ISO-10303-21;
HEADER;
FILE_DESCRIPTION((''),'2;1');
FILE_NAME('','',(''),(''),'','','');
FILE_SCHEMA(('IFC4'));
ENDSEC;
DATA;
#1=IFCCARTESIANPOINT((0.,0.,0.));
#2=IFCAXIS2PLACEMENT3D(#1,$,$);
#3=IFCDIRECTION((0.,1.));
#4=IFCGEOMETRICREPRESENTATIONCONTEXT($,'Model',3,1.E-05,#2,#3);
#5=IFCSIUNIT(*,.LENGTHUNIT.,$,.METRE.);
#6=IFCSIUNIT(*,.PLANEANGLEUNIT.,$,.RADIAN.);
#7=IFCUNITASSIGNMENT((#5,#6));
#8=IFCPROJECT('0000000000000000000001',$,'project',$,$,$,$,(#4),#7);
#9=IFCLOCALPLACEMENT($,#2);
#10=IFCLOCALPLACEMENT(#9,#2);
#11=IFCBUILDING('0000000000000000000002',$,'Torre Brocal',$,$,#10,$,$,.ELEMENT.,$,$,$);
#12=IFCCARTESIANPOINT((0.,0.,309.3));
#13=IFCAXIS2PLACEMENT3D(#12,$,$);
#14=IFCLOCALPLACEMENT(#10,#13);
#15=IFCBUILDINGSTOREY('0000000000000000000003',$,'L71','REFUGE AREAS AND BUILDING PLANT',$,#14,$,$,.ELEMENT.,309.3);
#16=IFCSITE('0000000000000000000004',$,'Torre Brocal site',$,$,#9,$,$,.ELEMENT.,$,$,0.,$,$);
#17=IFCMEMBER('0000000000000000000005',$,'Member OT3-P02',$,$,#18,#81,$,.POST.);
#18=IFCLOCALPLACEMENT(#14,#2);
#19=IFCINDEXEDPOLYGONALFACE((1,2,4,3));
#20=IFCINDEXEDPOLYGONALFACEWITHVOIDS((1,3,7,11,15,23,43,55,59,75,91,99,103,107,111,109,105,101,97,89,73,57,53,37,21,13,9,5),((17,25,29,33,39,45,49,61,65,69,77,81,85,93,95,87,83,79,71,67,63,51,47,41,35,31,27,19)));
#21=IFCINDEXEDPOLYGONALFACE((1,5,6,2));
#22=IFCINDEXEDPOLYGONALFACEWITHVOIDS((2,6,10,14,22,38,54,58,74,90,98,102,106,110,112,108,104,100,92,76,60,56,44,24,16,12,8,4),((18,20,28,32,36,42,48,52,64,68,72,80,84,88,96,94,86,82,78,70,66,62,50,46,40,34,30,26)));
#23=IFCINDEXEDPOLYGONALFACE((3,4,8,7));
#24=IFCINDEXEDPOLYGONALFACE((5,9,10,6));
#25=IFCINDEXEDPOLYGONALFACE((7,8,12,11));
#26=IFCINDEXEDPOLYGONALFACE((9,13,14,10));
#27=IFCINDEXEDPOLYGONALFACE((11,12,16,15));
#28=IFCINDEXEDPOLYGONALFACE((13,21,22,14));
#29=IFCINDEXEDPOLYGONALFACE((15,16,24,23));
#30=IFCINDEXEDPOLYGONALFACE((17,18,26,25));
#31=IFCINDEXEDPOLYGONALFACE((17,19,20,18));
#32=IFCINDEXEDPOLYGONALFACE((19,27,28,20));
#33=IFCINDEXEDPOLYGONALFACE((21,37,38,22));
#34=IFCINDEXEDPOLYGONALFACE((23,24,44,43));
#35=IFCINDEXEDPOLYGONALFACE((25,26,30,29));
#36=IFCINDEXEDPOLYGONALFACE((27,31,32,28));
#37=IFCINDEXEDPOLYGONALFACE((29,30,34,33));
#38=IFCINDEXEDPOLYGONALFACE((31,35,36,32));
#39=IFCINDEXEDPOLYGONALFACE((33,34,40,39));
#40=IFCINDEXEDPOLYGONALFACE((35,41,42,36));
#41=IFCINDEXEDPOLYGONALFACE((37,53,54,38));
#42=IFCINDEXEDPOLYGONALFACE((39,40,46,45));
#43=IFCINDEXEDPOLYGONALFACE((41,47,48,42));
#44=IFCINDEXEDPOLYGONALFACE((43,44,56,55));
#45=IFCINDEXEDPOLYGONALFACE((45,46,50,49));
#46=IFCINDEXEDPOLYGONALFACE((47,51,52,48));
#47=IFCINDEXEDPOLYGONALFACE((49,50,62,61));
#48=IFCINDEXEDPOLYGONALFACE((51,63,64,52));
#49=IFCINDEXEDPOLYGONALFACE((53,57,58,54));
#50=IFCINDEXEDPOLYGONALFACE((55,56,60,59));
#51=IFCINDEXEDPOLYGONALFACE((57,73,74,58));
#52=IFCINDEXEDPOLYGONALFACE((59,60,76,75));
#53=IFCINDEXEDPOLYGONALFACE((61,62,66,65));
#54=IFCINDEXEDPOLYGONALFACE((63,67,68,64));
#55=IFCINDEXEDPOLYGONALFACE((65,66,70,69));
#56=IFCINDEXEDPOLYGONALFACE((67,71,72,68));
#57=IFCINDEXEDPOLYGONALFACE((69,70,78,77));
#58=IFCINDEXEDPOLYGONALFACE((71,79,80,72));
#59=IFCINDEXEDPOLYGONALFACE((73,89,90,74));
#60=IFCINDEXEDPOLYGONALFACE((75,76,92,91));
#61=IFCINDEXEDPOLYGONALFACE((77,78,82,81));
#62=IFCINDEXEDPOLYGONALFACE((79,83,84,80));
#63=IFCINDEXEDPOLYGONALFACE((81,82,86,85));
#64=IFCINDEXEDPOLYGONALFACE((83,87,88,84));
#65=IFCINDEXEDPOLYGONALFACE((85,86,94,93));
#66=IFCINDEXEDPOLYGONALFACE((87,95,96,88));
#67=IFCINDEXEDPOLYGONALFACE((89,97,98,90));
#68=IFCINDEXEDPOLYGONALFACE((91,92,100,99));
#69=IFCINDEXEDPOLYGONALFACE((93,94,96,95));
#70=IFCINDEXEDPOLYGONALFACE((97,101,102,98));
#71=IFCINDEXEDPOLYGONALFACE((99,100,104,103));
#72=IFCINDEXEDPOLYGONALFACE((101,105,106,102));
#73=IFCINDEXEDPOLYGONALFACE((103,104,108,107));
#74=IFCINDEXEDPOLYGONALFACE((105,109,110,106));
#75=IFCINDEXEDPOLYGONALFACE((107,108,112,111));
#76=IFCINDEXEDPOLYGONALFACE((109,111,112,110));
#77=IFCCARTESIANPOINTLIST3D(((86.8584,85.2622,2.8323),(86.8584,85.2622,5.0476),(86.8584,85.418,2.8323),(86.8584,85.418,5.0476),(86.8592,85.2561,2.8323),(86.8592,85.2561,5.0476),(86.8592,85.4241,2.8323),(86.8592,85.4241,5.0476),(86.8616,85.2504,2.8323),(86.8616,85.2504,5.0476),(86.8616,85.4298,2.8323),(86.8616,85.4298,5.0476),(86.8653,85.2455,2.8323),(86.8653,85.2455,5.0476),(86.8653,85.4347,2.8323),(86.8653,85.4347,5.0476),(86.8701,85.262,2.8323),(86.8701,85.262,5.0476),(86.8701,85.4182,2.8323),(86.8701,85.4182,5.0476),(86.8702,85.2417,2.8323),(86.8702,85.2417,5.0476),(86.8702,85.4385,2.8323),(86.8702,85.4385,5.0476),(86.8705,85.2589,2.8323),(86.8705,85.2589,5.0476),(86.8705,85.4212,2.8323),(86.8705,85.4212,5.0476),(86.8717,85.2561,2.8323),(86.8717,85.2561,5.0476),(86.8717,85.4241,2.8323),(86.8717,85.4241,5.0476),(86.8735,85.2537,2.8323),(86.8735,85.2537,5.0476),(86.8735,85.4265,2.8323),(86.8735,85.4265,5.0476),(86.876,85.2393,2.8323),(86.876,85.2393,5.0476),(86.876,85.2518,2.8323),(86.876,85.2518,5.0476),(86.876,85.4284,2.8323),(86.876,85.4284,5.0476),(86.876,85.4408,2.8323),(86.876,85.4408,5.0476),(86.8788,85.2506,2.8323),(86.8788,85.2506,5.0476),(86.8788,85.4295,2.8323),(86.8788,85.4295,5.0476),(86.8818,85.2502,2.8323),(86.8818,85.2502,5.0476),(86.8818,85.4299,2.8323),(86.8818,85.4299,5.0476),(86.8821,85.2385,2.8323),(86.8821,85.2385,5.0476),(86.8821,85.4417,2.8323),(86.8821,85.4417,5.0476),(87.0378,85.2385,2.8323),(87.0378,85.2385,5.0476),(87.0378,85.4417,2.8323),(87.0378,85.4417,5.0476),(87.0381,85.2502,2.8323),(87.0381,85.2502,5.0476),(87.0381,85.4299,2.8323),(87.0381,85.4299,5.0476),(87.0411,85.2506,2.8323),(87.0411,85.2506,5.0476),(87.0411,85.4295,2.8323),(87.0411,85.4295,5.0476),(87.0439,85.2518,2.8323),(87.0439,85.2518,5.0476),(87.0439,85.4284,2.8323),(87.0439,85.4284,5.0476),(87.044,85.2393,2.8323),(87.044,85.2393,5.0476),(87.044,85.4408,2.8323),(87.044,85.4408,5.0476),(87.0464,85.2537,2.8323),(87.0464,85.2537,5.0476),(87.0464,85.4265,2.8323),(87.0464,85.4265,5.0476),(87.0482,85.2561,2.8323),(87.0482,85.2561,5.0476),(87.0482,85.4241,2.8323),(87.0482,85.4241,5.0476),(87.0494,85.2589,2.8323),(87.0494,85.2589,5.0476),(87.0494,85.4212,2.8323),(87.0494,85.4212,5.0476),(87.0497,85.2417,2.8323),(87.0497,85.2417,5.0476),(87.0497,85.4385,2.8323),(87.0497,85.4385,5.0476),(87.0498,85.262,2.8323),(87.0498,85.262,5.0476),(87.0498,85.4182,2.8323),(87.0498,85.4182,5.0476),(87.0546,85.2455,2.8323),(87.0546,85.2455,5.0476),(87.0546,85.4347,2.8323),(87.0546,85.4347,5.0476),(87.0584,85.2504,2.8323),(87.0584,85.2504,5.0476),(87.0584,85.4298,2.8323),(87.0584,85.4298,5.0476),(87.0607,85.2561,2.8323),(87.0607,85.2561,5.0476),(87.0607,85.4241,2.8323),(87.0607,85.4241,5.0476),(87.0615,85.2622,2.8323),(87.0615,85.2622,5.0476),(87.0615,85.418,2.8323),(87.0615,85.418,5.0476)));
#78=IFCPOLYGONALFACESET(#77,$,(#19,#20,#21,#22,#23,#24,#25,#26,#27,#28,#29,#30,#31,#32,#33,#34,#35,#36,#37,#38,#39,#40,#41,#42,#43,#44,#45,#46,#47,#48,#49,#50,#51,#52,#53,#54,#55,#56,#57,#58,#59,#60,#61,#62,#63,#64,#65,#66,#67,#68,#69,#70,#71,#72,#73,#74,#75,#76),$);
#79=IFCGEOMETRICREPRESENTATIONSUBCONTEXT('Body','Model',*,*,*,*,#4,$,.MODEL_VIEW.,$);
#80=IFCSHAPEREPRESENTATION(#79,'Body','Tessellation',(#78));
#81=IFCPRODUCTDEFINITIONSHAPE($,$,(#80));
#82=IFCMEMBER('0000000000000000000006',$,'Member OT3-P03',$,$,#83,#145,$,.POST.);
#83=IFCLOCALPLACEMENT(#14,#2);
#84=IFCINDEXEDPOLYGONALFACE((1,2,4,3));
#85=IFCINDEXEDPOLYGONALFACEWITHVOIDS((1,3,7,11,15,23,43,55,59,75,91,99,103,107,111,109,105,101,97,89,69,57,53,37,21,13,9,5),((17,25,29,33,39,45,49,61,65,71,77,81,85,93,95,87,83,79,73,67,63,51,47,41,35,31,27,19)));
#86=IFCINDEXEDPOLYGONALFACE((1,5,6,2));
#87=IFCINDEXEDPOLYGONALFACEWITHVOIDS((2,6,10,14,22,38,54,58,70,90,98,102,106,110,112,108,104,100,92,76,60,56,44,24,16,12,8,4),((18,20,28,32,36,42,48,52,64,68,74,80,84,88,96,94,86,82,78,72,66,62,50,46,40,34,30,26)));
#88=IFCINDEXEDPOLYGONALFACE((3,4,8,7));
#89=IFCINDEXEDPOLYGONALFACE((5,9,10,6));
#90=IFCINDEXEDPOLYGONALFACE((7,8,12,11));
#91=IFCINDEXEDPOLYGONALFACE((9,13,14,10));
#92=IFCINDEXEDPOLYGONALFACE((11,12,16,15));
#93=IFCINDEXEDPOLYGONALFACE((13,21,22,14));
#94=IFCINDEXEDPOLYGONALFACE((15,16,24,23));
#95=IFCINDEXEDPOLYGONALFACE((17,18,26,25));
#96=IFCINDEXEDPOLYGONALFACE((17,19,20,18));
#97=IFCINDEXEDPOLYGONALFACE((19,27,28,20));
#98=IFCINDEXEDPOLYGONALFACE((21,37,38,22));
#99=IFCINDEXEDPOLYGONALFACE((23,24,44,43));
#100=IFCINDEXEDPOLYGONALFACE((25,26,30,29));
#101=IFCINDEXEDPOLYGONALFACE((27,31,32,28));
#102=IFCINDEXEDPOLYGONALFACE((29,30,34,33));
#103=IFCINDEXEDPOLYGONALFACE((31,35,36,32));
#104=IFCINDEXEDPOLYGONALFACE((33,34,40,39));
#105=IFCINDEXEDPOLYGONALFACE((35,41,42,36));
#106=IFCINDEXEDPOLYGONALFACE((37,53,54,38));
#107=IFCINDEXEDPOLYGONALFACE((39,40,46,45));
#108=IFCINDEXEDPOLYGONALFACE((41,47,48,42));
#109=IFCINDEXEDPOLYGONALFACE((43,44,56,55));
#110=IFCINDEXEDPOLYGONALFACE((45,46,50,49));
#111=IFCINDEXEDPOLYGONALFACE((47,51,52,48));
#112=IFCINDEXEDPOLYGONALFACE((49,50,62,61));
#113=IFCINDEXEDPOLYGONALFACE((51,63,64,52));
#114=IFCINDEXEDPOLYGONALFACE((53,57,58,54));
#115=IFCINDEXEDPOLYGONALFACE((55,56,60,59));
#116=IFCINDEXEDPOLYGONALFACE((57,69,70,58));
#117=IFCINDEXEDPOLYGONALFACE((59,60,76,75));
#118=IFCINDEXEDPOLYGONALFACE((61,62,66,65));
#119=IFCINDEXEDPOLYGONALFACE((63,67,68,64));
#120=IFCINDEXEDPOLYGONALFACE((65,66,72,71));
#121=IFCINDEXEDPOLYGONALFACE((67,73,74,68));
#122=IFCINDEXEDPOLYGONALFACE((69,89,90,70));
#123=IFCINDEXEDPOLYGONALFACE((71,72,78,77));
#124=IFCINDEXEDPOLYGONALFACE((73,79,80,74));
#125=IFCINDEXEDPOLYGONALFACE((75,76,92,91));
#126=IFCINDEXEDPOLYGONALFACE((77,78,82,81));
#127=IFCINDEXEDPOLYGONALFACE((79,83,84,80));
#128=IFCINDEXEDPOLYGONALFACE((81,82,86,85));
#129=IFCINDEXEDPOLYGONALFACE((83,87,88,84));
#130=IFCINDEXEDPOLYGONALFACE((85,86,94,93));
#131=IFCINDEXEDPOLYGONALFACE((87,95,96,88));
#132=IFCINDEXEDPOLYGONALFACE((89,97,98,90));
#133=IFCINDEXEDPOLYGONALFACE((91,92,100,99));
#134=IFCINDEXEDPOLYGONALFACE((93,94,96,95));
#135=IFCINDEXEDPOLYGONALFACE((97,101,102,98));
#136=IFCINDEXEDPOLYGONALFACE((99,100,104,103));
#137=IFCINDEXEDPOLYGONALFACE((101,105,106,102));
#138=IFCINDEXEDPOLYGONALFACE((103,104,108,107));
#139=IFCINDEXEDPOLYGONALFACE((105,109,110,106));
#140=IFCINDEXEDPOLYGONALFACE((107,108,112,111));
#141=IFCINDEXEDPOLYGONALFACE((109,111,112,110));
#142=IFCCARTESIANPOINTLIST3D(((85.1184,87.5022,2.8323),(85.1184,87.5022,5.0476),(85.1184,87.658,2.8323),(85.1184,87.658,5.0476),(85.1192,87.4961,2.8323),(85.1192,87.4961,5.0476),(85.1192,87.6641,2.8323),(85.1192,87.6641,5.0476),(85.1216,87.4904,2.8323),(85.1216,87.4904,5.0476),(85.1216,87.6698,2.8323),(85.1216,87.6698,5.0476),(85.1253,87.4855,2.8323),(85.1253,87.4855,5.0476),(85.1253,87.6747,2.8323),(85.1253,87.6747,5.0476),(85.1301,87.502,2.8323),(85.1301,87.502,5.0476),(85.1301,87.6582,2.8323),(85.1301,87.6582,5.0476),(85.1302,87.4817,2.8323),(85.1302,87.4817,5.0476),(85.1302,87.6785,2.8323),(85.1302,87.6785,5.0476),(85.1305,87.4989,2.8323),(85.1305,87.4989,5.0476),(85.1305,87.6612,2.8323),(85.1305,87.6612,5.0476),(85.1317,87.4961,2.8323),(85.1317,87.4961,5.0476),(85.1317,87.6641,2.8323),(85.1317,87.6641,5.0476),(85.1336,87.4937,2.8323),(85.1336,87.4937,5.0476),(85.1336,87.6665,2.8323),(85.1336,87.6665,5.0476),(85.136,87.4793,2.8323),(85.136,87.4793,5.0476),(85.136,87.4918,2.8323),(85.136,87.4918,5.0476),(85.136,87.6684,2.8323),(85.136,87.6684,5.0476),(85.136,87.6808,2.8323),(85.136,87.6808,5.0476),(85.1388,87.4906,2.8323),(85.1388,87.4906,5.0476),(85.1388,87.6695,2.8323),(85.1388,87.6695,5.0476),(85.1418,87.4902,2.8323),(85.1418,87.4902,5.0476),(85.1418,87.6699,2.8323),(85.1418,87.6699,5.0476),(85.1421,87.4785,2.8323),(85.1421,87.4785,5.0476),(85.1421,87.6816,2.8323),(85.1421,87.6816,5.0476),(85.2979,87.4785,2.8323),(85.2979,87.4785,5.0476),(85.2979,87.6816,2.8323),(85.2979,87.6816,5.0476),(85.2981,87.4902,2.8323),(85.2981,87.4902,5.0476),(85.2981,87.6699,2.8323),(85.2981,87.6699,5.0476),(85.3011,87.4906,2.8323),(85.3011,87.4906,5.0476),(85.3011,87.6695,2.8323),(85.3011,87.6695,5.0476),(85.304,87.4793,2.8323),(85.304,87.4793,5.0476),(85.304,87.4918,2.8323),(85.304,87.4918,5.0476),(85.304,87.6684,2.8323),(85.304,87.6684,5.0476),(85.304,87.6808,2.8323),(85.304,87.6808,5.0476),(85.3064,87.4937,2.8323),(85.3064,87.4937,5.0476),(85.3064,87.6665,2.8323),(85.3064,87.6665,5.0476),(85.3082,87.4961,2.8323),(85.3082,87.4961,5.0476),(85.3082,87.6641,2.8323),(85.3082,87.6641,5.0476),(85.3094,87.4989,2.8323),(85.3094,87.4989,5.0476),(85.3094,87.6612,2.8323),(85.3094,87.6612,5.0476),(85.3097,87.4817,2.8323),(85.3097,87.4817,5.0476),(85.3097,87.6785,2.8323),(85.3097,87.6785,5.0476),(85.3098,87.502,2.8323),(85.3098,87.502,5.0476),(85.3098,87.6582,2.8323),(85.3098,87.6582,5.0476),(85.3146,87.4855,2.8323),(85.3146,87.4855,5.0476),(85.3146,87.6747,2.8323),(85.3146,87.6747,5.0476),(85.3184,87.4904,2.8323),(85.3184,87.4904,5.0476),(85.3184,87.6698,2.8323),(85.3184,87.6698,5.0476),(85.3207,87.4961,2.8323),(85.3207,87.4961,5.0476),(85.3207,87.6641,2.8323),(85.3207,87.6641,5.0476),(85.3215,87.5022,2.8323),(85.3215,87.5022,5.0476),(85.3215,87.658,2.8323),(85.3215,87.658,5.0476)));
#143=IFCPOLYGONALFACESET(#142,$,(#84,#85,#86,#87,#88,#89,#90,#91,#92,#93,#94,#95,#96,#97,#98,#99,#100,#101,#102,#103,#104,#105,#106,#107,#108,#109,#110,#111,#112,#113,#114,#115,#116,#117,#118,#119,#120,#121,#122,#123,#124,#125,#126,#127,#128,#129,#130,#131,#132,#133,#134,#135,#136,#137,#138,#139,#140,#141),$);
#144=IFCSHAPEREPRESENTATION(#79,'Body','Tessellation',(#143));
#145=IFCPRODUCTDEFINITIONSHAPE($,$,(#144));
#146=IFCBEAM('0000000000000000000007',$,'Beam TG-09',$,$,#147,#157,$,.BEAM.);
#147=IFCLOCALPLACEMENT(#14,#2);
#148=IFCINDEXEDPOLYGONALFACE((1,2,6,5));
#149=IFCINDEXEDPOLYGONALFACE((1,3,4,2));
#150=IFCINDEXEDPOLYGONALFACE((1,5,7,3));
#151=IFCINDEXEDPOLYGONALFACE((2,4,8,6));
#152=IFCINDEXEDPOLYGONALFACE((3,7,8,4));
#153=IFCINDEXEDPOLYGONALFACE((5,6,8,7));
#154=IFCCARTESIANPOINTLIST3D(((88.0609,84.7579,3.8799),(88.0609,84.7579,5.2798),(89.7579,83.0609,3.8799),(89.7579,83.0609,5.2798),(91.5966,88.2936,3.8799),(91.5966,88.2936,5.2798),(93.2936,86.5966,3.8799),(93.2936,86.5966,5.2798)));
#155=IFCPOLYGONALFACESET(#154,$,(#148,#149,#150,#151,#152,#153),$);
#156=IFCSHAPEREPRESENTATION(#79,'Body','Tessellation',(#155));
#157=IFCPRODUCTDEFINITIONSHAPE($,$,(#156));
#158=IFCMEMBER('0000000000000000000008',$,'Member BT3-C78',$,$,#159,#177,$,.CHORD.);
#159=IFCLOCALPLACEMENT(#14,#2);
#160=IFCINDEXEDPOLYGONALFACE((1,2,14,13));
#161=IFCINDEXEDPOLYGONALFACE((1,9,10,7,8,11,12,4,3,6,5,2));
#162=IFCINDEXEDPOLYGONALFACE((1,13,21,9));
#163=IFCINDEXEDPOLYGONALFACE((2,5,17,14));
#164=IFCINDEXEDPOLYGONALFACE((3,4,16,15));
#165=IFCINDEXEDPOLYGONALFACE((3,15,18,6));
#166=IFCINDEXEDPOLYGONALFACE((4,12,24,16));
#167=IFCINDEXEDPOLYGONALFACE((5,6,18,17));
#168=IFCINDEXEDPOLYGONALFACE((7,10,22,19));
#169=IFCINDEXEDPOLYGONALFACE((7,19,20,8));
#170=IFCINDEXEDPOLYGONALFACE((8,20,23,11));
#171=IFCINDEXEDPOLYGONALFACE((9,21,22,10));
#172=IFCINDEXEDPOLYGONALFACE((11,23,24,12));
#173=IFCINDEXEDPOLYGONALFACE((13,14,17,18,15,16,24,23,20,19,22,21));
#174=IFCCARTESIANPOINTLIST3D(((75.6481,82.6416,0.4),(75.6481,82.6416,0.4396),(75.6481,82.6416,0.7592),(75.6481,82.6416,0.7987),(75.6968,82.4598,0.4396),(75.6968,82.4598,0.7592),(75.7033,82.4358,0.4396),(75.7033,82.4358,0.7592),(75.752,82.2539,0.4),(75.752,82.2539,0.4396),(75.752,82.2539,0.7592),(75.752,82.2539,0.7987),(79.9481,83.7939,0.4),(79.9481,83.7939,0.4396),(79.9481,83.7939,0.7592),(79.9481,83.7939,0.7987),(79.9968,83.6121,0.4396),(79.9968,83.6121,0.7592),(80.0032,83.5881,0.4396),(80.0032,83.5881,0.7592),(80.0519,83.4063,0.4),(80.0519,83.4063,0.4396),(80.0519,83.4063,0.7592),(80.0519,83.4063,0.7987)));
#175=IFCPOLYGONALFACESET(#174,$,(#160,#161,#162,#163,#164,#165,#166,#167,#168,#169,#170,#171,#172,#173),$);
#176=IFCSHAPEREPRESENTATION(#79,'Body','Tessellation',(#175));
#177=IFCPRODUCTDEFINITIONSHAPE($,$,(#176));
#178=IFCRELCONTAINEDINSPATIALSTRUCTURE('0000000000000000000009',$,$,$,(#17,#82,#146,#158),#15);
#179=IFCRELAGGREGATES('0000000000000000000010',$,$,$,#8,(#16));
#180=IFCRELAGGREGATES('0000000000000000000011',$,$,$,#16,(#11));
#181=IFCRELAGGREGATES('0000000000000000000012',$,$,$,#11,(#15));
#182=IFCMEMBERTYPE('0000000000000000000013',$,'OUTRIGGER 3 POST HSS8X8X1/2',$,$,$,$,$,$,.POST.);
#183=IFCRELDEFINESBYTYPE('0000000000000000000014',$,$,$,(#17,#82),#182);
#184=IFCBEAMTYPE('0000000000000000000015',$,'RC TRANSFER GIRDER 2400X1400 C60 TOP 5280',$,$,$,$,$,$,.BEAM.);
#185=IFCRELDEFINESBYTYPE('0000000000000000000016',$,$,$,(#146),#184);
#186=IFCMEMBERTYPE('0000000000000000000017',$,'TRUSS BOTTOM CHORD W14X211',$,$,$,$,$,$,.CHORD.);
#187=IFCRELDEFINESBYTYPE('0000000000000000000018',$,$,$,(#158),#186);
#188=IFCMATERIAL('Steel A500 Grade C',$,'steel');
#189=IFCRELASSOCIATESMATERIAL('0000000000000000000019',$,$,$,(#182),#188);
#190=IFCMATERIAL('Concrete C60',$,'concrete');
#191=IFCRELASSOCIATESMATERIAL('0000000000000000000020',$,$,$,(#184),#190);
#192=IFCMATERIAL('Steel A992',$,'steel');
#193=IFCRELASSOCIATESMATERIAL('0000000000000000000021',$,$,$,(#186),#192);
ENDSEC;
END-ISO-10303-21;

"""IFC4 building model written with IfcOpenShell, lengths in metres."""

from ifc_helpers import new_model, si_unit, direction, frame, origin, origin_2d, place, context, subcontext, project, spatial, rectangle, hollow_rectangle, i_section, extrude, material, material_profile, profile_set, type_object, element, save


model = new_model("IFC4")

# Units and contexts
model_context = context("Model", 3, precision=1e-05, world=origin(), true_north=direction((0.0, 1.0)))
body_context = subcontext(model_context, "Body", "Model", "MODEL_VIEW")
ifc_project = project(units=[si_unit("LENGTHUNIT", "METRE"), si_unit("PLANEANGLEUNIT", "RADIAN")], contexts=[model_context])

# Site, building, storey
site_placement = place(None, origin())
site = spatial("IfcSite", under=ifc_project, at=site_placement, Name="Torre Brocal site", CompositionType="ELEMENT", RefElevation=0.0)
building_placement = place(site_placement, origin())
building = spatial("IfcBuilding", under=site, at=building_placement, Name="Torre Brocal", CompositionType="ELEMENT")
storey_placement = place(building_placement, frame((0.0, 0.0, 309.3)))
storey = spatial("IfcBuildingStorey", under=building, at=storey_placement, Name="L71", Description="REFUGE AREAS AND BUILDING PLANT", CompositionType="ELEMENT", Elevation=309.3)

# Members
ifc_material_1 = material(Name="Steel A500 Grade C", Category="steel")
ifc_material_profile_1 = material_profile(ifc_material_1, hollow_rectangle(XDim=0.2031, YDim=0.2031, WallThickness=0.0117, InnerFilletRadius=0.0117, OuterFilletRadius=0.0237, at=origin_2d()), Name="HSS8X8X1/2")
ifc_profile_set_1 = profile_set([ifc_material_profile_1], Name="Steel A500 Grade C")
member_type_1 = type_object("IfcMemberType", Name="OUTRIGGER 3 POST HSS8X8X1/2", PredefinedType="POST", material=ifc_profile_set_1)
for number, where, z_axis, x_axis, name in (
    (1, (86.96, 85.3401, 2.8323), (0.0, 0.0, 1.0), (1.0, 0.0, 0.0), "Member OT3-P02"),
    (2, (85.22, 87.5801, 2.8323), (0.0, 0.0, 1.0), (1.0, 0.0, 0.0), "Member OT3-P03"),
):
    element("IfcMember", number, at=place(storey_placement, frame(where, z_axis=z_axis, x_axis=x_axis)), inside=storey, type_object=member_type_1, Name=name, PredefinedType="POST", context=body_context, shape_type="SweptSolid", body=[
        extrude(hollow_rectangle(XDim=0.2031, YDim=0.2031, WallThickness=0.0117, InnerFilletRadius=0.0117, OuterFilletRadius=0.0237, at=origin_2d()), origin(), (0.0, 0.0, 1.0), 2.2153),
    ])

# Beam
ifc_material_2 = material(Name="Concrete C60", Category="concrete")
ifc_material_profile_2 = material_profile(ifc_material_2, rectangle(XDim=2.3999, YDim=1.3999, at=origin_2d()), Name="RC 2400X1400")
ifc_profile_set_2 = profile_set([ifc_material_profile_2], Name="Concrete C60")
beam_type = type_object("IfcBeamType", Name="RC TRANSFER GIRDER 2400X1400 C60 TOP 5280", PredefinedType="BEAM", material=ifc_profile_set_2)
beam_placement = place(storey_placement, frame((88.9094, 83.9094, 4.5798), z_axis=(0.707107, 0.707107, 0.0), x_axis=(-0.707107, 0.707107, 0.0)))
element("IfcBeam", 3, at=beam_placement, inside=storey, type_object=beam_type, Name="Beam TG-09", PredefinedType="BEAM", context=body_context, shape_type="SweptSolid", body=[
    extrude(rectangle(XDim=2.3999, YDim=1.3999, at=origin_2d()), origin(), (0.0, 0.0, 1.0), 5.0002),
])

# Member
ifc_material_3 = material(Name="Steel A992", Category="steel")
ifc_material_profile_3 = material_profile(ifc_material_3, i_section(OverallWidth=0.4014, OverallDepth=0.3987, WebThickness=0.0249, FlangeThickness=0.0396, at=origin_2d()), Name="W14X211")
ifc_profile_set_3 = profile_set([ifc_material_profile_3], Name="Steel A992")
member_type_2 = type_object("IfcMemberType", Name="TRUSS BOTTOM CHORD W14X211", PredefinedType="CHORD", material=ifc_profile_set_3)
member_1_placement = place(storey_placement, frame((80.0, 83.6001, 0.5994), z_axis=(-0.965917, -0.25885, 0.0), x_axis=(0.25885, -0.965917, 0.0)))
element("IfcMember", 4, at=member_1_placement, inside=storey, type_object=member_type_2, Name="Member BT3-C78", PredefinedType="CHORD", context=body_context, shape_type="SweptSolid", body=[
    extrude(i_section(OverallWidth=0.4014, OverallDepth=0.3987, WebThickness=0.0249, FlangeThickness=0.0396, at=origin_2d()), origin(), (0.0, 0.0, 1.0), 4.4517),
])

save(model, "model.ifc")
